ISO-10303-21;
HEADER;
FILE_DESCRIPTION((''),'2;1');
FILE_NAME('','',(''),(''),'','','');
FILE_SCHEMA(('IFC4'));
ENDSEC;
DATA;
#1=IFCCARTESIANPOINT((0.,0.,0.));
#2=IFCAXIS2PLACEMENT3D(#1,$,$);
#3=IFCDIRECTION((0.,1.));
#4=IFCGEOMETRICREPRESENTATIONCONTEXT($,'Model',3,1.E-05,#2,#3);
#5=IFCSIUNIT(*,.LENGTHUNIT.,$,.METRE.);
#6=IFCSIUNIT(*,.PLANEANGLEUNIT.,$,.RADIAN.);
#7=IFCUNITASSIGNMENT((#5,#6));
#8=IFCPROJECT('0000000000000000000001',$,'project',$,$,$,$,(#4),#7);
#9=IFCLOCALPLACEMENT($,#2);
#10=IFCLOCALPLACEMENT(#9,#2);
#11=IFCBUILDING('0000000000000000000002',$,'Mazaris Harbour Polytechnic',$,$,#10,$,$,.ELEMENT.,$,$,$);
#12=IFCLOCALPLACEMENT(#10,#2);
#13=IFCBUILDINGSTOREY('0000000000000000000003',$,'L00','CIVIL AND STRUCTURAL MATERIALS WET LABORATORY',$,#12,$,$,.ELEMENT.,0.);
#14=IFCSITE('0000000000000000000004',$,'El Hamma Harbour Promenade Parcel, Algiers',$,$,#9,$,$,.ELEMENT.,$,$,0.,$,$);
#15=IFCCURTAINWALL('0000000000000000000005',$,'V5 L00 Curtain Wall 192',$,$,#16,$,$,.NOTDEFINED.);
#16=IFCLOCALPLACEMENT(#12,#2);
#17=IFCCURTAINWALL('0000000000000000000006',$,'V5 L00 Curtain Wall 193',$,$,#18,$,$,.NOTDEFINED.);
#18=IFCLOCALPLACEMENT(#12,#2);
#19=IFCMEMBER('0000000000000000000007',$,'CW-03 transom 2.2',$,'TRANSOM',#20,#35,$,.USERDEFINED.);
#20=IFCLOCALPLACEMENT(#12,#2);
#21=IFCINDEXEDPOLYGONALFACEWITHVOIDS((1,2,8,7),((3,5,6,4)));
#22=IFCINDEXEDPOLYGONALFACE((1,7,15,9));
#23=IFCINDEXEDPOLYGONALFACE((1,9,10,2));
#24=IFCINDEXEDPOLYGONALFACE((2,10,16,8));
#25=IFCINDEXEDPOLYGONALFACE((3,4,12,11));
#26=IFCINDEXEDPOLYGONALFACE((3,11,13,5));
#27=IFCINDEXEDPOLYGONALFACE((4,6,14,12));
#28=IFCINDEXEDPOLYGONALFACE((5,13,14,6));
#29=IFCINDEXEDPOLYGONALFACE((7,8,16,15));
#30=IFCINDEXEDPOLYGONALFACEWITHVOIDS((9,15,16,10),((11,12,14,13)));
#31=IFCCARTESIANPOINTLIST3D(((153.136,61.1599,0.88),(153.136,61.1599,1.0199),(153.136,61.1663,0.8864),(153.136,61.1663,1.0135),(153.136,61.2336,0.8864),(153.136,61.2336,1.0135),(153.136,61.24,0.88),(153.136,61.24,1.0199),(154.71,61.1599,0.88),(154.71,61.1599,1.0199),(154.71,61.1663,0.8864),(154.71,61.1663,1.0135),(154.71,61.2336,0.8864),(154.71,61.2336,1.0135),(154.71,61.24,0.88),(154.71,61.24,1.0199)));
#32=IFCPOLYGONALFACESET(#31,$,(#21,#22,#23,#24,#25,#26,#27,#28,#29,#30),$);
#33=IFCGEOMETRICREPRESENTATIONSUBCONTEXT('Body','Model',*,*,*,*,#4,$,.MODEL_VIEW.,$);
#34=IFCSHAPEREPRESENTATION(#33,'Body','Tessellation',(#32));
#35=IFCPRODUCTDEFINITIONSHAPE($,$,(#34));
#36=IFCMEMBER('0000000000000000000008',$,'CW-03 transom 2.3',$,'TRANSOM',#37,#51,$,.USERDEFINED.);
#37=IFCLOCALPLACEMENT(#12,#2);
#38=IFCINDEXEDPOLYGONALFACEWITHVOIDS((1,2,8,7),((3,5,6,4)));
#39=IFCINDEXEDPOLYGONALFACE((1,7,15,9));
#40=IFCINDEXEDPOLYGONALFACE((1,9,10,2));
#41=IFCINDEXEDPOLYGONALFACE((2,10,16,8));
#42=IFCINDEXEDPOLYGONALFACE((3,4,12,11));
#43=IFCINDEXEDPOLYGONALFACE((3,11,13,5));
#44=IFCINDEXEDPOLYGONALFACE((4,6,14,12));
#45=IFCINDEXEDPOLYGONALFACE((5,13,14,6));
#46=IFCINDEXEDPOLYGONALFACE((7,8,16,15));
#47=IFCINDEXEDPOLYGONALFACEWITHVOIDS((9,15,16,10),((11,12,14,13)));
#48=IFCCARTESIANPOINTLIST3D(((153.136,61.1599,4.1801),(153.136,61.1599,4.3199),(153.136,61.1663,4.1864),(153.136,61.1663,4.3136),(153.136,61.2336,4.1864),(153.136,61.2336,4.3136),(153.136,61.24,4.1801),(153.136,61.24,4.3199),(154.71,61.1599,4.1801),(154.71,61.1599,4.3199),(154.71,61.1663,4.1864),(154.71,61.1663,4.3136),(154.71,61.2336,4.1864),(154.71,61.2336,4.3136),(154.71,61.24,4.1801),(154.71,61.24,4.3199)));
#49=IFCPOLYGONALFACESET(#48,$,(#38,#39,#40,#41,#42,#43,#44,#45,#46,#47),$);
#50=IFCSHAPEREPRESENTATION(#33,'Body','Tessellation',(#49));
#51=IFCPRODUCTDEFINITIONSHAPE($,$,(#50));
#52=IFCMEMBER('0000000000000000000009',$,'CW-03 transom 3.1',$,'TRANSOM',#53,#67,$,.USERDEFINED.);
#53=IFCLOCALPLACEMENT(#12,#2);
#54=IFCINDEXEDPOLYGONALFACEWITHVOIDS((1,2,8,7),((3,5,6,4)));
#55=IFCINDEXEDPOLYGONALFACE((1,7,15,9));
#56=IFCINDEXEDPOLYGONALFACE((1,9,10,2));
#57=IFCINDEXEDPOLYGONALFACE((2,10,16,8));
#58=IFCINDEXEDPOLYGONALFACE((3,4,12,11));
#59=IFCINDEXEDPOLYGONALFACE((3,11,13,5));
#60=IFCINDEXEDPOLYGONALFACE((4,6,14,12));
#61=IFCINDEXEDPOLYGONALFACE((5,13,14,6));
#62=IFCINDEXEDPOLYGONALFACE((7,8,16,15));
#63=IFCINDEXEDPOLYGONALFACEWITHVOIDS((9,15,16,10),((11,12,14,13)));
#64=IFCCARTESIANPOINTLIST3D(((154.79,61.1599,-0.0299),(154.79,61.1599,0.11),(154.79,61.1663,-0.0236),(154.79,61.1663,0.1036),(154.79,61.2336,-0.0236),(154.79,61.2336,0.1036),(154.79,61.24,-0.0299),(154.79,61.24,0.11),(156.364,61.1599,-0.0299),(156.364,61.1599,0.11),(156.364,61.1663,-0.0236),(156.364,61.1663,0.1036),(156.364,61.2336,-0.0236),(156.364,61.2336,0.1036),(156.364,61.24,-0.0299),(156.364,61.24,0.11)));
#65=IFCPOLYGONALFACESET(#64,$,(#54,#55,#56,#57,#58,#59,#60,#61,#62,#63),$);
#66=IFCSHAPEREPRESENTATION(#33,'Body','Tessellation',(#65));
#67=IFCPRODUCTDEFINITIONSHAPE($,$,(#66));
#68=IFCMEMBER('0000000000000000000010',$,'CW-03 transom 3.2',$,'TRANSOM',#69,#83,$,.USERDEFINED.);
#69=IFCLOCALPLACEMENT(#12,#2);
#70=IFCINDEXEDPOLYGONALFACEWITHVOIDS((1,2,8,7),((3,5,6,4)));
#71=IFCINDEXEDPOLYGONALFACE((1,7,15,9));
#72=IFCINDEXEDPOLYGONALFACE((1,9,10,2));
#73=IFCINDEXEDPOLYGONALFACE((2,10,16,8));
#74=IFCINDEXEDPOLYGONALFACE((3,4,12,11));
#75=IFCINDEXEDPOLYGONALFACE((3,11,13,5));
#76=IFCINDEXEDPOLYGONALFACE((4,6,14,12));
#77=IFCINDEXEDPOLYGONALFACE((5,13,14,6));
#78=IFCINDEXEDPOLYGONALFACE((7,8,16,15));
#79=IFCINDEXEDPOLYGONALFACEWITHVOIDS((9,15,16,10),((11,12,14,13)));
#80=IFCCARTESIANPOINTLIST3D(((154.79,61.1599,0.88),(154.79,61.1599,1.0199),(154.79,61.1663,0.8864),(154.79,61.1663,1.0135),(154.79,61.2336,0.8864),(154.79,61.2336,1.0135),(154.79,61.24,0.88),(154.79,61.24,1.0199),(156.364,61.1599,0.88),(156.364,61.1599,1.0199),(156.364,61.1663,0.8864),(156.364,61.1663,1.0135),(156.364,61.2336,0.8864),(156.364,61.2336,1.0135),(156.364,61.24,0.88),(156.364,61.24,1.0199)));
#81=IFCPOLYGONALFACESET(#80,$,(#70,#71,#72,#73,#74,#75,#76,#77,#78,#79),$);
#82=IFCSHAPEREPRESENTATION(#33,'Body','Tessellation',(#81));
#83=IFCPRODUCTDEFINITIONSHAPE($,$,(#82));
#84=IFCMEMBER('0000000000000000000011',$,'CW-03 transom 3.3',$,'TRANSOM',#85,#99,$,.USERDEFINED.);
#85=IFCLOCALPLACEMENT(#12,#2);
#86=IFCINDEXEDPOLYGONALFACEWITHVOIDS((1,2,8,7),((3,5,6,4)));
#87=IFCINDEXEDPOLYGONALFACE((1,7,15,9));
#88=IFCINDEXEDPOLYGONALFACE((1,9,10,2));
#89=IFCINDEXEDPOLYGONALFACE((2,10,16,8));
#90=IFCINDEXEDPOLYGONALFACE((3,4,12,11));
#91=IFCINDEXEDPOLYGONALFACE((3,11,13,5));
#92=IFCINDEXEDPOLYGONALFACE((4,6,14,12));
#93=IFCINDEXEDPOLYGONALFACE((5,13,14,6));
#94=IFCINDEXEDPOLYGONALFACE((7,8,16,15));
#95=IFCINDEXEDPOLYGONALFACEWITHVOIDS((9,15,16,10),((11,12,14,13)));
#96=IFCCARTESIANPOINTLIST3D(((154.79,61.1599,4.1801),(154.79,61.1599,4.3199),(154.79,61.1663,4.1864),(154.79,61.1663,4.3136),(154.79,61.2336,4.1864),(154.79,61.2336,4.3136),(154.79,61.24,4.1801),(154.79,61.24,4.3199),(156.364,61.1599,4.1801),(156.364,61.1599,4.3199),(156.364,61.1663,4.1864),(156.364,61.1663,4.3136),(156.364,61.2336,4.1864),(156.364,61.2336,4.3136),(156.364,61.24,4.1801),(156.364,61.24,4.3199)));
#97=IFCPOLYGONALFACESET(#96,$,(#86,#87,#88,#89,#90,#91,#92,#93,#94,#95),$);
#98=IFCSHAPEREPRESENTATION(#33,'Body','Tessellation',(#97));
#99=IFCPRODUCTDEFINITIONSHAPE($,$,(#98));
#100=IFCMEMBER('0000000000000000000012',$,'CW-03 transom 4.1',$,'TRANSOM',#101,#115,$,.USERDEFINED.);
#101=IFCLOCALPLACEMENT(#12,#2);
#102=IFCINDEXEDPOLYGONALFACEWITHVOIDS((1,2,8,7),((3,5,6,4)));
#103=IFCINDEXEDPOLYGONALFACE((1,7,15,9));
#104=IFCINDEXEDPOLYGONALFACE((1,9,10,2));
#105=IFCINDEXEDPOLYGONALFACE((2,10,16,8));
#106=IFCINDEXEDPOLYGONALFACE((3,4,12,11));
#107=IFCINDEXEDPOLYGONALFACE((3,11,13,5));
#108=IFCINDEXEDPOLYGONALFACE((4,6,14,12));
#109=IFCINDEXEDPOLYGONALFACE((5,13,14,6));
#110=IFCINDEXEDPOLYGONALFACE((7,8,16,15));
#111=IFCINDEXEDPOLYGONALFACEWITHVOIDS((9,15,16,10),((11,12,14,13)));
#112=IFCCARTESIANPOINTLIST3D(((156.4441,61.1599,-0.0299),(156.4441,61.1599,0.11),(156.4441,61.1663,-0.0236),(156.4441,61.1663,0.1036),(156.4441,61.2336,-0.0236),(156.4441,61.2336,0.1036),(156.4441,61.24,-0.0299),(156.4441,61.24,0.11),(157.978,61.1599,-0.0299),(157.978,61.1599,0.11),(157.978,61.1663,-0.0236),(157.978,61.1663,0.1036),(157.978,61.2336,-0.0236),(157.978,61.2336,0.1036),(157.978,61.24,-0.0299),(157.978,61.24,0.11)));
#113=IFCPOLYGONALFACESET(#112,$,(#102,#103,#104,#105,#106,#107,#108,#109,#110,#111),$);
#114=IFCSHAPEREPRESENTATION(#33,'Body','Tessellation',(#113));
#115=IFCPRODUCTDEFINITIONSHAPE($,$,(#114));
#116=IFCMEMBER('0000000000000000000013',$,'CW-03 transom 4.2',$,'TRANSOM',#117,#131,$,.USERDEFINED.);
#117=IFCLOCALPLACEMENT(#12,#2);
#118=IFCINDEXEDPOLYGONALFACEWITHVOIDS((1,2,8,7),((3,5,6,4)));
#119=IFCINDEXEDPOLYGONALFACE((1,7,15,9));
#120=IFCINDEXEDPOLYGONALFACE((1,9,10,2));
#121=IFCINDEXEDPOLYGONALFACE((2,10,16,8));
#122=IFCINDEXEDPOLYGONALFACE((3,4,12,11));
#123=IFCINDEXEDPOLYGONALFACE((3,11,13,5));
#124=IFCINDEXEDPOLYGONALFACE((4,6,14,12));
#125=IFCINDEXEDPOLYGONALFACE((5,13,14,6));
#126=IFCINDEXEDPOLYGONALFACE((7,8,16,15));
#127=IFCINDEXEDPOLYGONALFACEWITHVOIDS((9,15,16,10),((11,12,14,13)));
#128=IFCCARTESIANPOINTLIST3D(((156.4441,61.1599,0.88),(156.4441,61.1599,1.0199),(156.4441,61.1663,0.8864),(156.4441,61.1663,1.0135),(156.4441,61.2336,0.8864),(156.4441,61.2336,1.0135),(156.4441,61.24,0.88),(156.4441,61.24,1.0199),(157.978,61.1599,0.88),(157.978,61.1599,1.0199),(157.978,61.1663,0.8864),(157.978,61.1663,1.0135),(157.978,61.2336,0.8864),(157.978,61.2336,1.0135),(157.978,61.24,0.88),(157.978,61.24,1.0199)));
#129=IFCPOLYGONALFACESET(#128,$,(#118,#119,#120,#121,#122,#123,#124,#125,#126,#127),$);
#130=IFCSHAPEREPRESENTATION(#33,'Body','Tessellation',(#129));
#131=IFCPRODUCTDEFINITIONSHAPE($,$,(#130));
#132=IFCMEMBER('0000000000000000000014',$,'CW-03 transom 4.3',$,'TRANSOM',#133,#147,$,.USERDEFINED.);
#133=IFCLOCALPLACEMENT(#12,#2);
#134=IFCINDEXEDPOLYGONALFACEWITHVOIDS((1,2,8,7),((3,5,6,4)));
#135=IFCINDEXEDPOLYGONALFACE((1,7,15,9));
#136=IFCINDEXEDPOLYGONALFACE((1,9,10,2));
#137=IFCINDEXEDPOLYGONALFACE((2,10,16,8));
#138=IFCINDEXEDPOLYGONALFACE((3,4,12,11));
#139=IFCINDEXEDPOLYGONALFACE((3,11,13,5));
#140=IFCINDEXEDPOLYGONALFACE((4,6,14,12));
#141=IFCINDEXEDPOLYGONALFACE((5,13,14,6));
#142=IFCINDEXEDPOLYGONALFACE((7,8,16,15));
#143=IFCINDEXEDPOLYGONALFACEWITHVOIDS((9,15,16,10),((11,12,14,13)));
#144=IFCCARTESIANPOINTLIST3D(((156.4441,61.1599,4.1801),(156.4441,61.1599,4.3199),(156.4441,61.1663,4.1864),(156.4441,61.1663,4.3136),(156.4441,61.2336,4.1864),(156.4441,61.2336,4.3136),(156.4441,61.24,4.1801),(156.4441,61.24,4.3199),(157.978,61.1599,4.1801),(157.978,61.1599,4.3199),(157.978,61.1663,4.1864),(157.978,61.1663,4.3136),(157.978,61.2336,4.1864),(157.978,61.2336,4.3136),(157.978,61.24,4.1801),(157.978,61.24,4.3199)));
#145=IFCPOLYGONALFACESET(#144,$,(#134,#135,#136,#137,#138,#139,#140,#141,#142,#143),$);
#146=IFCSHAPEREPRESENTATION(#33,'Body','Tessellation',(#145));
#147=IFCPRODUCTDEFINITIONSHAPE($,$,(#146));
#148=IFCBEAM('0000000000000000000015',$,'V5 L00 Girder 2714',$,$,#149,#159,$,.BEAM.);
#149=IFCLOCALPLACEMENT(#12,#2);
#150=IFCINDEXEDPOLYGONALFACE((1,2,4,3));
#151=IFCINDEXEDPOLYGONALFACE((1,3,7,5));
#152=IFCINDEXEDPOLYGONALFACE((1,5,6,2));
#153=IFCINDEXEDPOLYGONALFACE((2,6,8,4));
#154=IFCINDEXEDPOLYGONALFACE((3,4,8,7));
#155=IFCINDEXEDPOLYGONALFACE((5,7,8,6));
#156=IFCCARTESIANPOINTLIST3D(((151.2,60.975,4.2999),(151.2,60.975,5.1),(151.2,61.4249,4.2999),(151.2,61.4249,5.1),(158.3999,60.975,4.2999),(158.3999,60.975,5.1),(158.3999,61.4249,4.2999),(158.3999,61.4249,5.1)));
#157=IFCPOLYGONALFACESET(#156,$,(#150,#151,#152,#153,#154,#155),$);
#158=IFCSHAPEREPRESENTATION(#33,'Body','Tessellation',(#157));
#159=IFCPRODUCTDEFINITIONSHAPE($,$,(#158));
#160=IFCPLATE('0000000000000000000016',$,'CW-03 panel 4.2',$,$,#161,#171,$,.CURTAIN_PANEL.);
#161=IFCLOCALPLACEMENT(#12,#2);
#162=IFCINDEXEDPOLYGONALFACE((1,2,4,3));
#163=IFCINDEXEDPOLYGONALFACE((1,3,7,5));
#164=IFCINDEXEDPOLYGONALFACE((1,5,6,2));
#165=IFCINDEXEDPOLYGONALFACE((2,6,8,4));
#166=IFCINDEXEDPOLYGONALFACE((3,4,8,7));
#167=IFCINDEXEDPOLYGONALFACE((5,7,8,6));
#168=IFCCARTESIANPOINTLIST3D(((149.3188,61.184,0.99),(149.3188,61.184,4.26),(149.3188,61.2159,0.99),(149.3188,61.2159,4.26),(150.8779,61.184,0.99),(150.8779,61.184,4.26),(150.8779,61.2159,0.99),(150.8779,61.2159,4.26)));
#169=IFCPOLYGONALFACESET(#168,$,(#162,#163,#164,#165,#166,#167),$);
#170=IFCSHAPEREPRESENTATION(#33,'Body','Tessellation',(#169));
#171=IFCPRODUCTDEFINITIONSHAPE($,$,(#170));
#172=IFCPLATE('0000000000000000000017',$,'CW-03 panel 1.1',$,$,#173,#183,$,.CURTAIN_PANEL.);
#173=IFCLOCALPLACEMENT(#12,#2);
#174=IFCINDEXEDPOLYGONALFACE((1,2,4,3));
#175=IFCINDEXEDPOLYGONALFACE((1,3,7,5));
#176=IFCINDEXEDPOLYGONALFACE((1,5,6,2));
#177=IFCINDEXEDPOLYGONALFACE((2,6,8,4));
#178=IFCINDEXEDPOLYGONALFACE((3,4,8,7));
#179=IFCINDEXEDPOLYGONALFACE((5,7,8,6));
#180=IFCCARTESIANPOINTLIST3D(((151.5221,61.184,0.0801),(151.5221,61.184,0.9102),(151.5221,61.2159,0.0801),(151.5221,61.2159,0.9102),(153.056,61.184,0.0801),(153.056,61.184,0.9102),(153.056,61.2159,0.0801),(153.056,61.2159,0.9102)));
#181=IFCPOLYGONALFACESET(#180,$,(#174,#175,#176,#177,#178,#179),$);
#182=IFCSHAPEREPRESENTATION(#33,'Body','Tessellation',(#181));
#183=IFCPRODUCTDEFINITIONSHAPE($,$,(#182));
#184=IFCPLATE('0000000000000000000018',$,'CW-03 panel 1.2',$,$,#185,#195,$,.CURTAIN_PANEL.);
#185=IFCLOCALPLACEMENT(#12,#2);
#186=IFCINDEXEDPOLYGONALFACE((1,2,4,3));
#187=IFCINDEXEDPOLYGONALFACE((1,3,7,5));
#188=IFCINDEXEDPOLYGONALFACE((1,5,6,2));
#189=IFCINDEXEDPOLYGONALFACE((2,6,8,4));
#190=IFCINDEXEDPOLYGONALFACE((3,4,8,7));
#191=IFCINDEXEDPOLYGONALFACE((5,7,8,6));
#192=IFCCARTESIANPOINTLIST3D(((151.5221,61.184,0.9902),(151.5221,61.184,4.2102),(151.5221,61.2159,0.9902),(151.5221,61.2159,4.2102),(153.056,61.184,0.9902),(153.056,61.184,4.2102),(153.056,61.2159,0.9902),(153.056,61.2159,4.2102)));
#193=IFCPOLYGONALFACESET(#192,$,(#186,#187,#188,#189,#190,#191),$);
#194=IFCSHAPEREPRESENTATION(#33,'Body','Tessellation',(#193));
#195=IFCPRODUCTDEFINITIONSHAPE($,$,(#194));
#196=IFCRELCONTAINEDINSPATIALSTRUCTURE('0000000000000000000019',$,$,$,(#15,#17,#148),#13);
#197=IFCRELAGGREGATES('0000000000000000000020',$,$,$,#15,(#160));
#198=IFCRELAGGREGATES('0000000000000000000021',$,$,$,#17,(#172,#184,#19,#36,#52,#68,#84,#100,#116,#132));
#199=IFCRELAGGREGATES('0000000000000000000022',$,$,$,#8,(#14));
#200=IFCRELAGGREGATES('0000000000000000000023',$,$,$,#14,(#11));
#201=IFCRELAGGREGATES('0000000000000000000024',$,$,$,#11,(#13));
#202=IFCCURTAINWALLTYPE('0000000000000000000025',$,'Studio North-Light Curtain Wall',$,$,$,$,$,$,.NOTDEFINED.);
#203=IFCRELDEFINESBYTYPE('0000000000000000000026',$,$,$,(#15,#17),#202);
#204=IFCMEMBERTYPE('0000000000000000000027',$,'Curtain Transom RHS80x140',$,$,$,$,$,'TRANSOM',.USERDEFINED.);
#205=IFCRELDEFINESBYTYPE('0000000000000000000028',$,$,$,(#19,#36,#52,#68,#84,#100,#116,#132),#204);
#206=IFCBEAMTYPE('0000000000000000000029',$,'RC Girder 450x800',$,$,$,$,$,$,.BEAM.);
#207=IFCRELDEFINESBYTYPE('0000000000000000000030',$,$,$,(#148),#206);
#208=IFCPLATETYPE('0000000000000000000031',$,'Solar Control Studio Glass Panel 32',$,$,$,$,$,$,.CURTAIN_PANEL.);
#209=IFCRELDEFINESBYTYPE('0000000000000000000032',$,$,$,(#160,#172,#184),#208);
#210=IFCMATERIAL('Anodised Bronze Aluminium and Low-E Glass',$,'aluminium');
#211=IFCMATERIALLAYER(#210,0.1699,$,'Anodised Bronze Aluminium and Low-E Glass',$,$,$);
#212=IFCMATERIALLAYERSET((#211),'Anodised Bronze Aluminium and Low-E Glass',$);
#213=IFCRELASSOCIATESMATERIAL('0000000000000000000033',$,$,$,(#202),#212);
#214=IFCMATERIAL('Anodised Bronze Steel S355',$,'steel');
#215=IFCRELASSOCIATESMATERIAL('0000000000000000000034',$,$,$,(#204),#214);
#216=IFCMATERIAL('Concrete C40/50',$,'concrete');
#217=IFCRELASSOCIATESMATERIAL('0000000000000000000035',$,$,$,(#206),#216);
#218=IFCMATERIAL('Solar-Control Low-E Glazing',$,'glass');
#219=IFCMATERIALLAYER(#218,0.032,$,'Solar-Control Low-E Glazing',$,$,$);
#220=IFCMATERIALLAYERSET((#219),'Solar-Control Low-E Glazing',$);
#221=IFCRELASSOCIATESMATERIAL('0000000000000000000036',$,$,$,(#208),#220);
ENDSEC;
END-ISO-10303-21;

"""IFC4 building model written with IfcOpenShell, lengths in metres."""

from ifc_helpers import new_model, si_unit, direction, frame, origin, origin_2d, place, context, subcontext, project, spatial, rectangle, hollow_rectangle, extrude, material, layer, layer_set, material_profile, profile_set, type_object, element, aggregate, save


model = new_model("IFC4")

# Units and contexts
model_context = context("Model", 3, precision=1e-05, world=origin(), true_north=direction((0.0, 1.0)))
body_context = subcontext(model_context, "Body", "Model", "MODEL_VIEW")
ifc_project = project(units=[si_unit("LENGTHUNIT", "METRE"), si_unit("PLANEANGLEUNIT", "RADIAN")], contexts=[model_context])

# Site, building, storey
site_placement = place(None, origin())
site = spatial("IfcSite", under=ifc_project, at=site_placement, Name="El Hamma Harbour Promenade Parcel, Algiers", CompositionType="ELEMENT", RefElevation=0.0)
building_placement = place(site_placement, origin())
building = spatial("IfcBuilding", under=site, at=building_placement, Name="Mazaris Harbour Polytechnic", CompositionType="ELEMENT")
storey_placement = place(building_placement, origin())
storey = spatial("IfcBuildingStorey", under=building, at=storey_placement, Name="L00", Description="CIVIL AND STRUCTURAL MATERIALS WET LABORATORY", CompositionType="ELEMENT", Elevation=0.0)

# Curtain wall
ifc_material_1 = material(Name="Anodised Bronze Aluminium and Low-E Glass", Category="aluminium")
ifc_layer_1 = layer(ifc_material_1, 0.1699, Name="Anodised Bronze Aluminium and Low-E Glass")
ifc_layer_set_1 = layer_set([ifc_layer_1], Name="Anodised Bronze Aluminium and Low-E Glass")
curtain_wall_type = type_object("IfcCurtainWallType", Name="Studio North-Light Curtain Wall", PredefinedType="NOTDEFINED", material=ifc_layer_set_1)
curtain_wall_1_placement = place(storey_placement, origin())
curtain_wall_1 = element("IfcCurtainWall", 1, at=curtain_wall_1_placement, inside=storey, type_object=curtain_wall_type, Name="V5 L00 Curtain Wall 192", PredefinedType="NOTDEFINED")

# Curtain wall, members
curtain_wall_2_placement = place(storey_placement, origin())
curtain_wall_2 = element("IfcCurtainWall", 2, at=curtain_wall_2_placement, inside=storey, type_object=curtain_wall_type, Name="V5 L00 Curtain Wall 193", PredefinedType="NOTDEFINED")
ifc_material_2 = material(Name="Anodised Bronze Steel S355", Category="steel")
ifc_material_profile_1 = material_profile(ifc_material_2, hollow_rectangle(XDim=0.0801, YDim=0.1399, WallThickness=0.0063, at=origin_2d()), Name="RHS 80x140x6.3")
ifc_profile_set_1 = profile_set([ifc_material_profile_1], Name="Anodised Bronze Steel S355")
member_type_1 = type_object("IfcMemberType", Name="Curtain Transom RHS80x140", ElementType="TRANSOM", PredefinedType="USERDEFINED", material=ifc_profile_set_1)
member_1_placement = place(storey_placement, frame((153.136, 61.2, 0.95), z_axis=(1.0, 0.0, 0.0), x_axis=(0.0, 1.0, 0.0)))
member_1 = element("IfcMember", 3, at=member_1_placement, type_object=member_type_1, Name="CW-03 transom 2.2", ObjectType="TRANSOM", PredefinedType="USERDEFINED", context=body_context, shape_type="SweptSolid", body=[
    extrude(hollow_rectangle(XDim=0.0801, YDim=0.1399, WallThickness=0.0063, at=origin_2d()), origin(), (0.0, 0.0, 1.0), 1.574),
])
member_2_placement = place(storey_placement, frame((153.136, 61.2, 4.25), z_axis=(1.0, 0.0, 0.0), x_axis=(0.0, 1.0, 0.0)))
member_2 = element("IfcMember", 4, at=member_2_placement, type_object=member_type_1, Name="CW-03 transom 2.3", ObjectType="TRANSOM", PredefinedType="USERDEFINED", context=body_context, shape_type="SweptSolid", body=[
    extrude(hollow_rectangle(XDim=0.0801, YDim=0.1399, WallThickness=0.0063, at=origin_2d()), origin(), (0.0, 0.0, 1.0), 1.574),
])
member_3_placement = place(storey_placement, frame((154.79, 61.2, 0.04), z_axis=(1.0, 0.0, 0.0), x_axis=(0.0, 1.0, 0.0)))
member_3 = element("IfcMember", 5, at=member_3_placement, type_object=member_type_1, Name="CW-03 transom 3.1", ObjectType="TRANSOM", PredefinedType="USERDEFINED", context=body_context, shape_type="SweptSolid", body=[
    extrude(hollow_rectangle(XDim=0.0801, YDim=0.1399, WallThickness=0.0063, at=origin_2d()), origin(), (0.0, 0.0, 1.0), 1.574),
])
member_4_placement = place(storey_placement, frame((154.79, 61.2, 0.95), z_axis=(1.0, 0.0, 0.0), x_axis=(0.0, 1.0, 0.0)))
member_4 = element("IfcMember", 6, at=member_4_placement, type_object=member_type_1, Name="CW-03 transom 3.2", ObjectType="TRANSOM", PredefinedType="USERDEFINED", context=body_context, shape_type="SweptSolid", body=[
    extrude(hollow_rectangle(XDim=0.0801, YDim=0.1399, WallThickness=0.0063, at=origin_2d()), origin(), (0.0, 0.0, 1.0), 1.574),
])
member_5_placement = place(storey_placement, frame((154.79, 61.2, 4.25), z_axis=(1.0, 0.0, 0.0), x_axis=(0.0, 1.0, 0.0)))
member_5 = element("IfcMember", 7, at=member_5_placement, type_object=member_type_1, Name="CW-03 transom 3.3", ObjectType="TRANSOM", PredefinedType="USERDEFINED", context=body_context, shape_type="SweptSolid", body=[
    extrude(hollow_rectangle(XDim=0.0801, YDim=0.1399, WallThickness=0.0063, at=origin_2d()), origin(), (0.0, 0.0, 1.0), 1.574),
])
member_6_placement = place(storey_placement, frame((156.4441, 61.2, 0.04), z_axis=(1.0, 0.0, 0.0), x_axis=(0.0, 1.0, 0.0)))
member_6 = element("IfcMember", 8, at=member_6_placement, type_object=member_type_1, Name="CW-03 transom 4.1", ObjectType="TRANSOM", PredefinedType="USERDEFINED", context=body_context, shape_type="SweptSolid", body=[
    extrude(hollow_rectangle(XDim=0.0801, YDim=0.1399, WallThickness=0.0063, at=origin_2d()), origin(), (0.0, 0.0, 1.0), 1.5339),
])
member_7_placement = place(storey_placement, frame((156.4441, 61.2, 0.95), z_axis=(1.0, 0.0, 0.0), x_axis=(0.0, 1.0, 0.0)))
member_7 = element("IfcMember", 9, at=member_7_placement, type_object=member_type_1, Name="CW-03 transom 4.2", ObjectType="TRANSOM", PredefinedType="USERDEFINED", context=body_context, shape_type="SweptSolid", body=[
    extrude(hollow_rectangle(XDim=0.0801, YDim=0.1399, WallThickness=0.0063, at=origin_2d()), origin(), (0.0, 0.0, 1.0), 1.5339),
])
member_8_placement = place(storey_placement, frame((156.4441, 61.2, 4.25), z_axis=(1.0, 0.0, 0.0), x_axis=(0.0, 1.0, 0.0)))
member_8 = element("IfcMember", 10, at=member_8_placement, type_object=member_type_1, Name="CW-03 transom 4.3", ObjectType="TRANSOM", PredefinedType="USERDEFINED", context=body_context, shape_type="SweptSolid", body=[
    extrude(hollow_rectangle(XDim=0.0801, YDim=0.1399, WallThickness=0.0063, at=origin_2d()), origin(), (0.0, 0.0, 1.0), 1.5339),
])

# Beam
ifc_material_3 = material(Name="Concrete C40/50", Category="concrete")
ifc_material_profile_2 = material_profile(ifc_material_3, rectangle(XDim=0.45, YDim=0.8, at=origin_2d()), Name="RECT450x800")
ifc_profile_set_2 = profile_set([ifc_material_profile_2], Name="Concrete C40/50")
beam_type = type_object("IfcBeamType", Name="RC Girder 450x800", PredefinedType="BEAM", material=ifc_profile_set_2)
beam_placement = place(storey_placement, frame((151.2, 61.2, 4.7), z_axis=(1.0, 0.0, 0.0), x_axis=(0.0, 1.0, 0.0)))
element("IfcBeam", 11, at=beam_placement, inside=storey, type_object=beam_type, Name="V5 L00 Girder 2714", PredefinedType="BEAM", context=body_context, shape_type="SweptSolid", body=[
    extrude(rectangle(XDim=0.45, YDim=0.8, at=origin_2d()), origin(), (0.0, 0.0, 1.0), 7.2),
])

# Plates
ifc_material_4 = material(Name="Solar-Control Low-E Glazing", Category="glass")
ifc_layer_2 = layer(ifc_material_4, 0.032, Name="Solar-Control Low-E Glazing")
ifc_layer_set_2 = layer_set([ifc_layer_2], Name="Solar-Control Low-E Glazing")
plate_type = type_object("IfcPlateType", Name="Solar Control Studio Glass Panel 32", PredefinedType="CURTAIN_PANEL", material=ifc_layer_set_2)
plate_1_placement = place(storey_placement, frame((150.0984, 61.2, 0.99), z_axis=(0.0, 0.0, 1.0), x_axis=(1.0, 0.0, 0.0)))
plate_1 = element("IfcPlate", 12, at=plate_1_placement, type_object=plate_type, Name="CW-03 panel 4.2", PredefinedType="CURTAIN_PANEL", context=body_context, shape_type="SweptSolid", body=[
    extrude(rectangle(XDim=1.5591, YDim=0.032, at=origin_2d()), origin(), (0.0, 0.0, 1.0), 3.27),
])
aggregate(curtain_wall_1, [plate_1])
plate_2_placement = place(storey_placement, frame((152.2891, 61.2, 0.0801), z_axis=(0.0, 0.0, 1.0), x_axis=(1.0, 0.0, 0.0)))
plate_2 = element("IfcPlate", 13, at=plate_2_placement, type_object=plate_type, Name="CW-03 panel 1.1", PredefinedType="CURTAIN_PANEL", context=body_context, shape_type="SweptSolid", body=[
    extrude(rectangle(XDim=1.5339, YDim=0.032, at=origin_2d()), origin(), (0.0, 0.0, 1.0), 0.8301),
])
plate_3_placement = place(storey_placement, frame((152.2891, 61.2, 0.9902), z_axis=(0.0, 0.0, 1.0), x_axis=(1.0, 0.0, 0.0)))
plate_3 = element("IfcPlate", 14, at=plate_3_placement, type_object=plate_type, Name="CW-03 panel 1.2", PredefinedType="CURTAIN_PANEL", context=body_context, shape_type="SweptSolid", body=[
    extrude(rectangle(XDim=1.5339, YDim=0.032, at=origin_2d()), origin(), (0.0, 0.0, 1.0), 3.22),
])
aggregate(curtain_wall_2, [plate_2, plate_3, member_1, member_2, member_3, member_4, member_5, member_6, member_7, member_8])

save(model, "model.ifc")
